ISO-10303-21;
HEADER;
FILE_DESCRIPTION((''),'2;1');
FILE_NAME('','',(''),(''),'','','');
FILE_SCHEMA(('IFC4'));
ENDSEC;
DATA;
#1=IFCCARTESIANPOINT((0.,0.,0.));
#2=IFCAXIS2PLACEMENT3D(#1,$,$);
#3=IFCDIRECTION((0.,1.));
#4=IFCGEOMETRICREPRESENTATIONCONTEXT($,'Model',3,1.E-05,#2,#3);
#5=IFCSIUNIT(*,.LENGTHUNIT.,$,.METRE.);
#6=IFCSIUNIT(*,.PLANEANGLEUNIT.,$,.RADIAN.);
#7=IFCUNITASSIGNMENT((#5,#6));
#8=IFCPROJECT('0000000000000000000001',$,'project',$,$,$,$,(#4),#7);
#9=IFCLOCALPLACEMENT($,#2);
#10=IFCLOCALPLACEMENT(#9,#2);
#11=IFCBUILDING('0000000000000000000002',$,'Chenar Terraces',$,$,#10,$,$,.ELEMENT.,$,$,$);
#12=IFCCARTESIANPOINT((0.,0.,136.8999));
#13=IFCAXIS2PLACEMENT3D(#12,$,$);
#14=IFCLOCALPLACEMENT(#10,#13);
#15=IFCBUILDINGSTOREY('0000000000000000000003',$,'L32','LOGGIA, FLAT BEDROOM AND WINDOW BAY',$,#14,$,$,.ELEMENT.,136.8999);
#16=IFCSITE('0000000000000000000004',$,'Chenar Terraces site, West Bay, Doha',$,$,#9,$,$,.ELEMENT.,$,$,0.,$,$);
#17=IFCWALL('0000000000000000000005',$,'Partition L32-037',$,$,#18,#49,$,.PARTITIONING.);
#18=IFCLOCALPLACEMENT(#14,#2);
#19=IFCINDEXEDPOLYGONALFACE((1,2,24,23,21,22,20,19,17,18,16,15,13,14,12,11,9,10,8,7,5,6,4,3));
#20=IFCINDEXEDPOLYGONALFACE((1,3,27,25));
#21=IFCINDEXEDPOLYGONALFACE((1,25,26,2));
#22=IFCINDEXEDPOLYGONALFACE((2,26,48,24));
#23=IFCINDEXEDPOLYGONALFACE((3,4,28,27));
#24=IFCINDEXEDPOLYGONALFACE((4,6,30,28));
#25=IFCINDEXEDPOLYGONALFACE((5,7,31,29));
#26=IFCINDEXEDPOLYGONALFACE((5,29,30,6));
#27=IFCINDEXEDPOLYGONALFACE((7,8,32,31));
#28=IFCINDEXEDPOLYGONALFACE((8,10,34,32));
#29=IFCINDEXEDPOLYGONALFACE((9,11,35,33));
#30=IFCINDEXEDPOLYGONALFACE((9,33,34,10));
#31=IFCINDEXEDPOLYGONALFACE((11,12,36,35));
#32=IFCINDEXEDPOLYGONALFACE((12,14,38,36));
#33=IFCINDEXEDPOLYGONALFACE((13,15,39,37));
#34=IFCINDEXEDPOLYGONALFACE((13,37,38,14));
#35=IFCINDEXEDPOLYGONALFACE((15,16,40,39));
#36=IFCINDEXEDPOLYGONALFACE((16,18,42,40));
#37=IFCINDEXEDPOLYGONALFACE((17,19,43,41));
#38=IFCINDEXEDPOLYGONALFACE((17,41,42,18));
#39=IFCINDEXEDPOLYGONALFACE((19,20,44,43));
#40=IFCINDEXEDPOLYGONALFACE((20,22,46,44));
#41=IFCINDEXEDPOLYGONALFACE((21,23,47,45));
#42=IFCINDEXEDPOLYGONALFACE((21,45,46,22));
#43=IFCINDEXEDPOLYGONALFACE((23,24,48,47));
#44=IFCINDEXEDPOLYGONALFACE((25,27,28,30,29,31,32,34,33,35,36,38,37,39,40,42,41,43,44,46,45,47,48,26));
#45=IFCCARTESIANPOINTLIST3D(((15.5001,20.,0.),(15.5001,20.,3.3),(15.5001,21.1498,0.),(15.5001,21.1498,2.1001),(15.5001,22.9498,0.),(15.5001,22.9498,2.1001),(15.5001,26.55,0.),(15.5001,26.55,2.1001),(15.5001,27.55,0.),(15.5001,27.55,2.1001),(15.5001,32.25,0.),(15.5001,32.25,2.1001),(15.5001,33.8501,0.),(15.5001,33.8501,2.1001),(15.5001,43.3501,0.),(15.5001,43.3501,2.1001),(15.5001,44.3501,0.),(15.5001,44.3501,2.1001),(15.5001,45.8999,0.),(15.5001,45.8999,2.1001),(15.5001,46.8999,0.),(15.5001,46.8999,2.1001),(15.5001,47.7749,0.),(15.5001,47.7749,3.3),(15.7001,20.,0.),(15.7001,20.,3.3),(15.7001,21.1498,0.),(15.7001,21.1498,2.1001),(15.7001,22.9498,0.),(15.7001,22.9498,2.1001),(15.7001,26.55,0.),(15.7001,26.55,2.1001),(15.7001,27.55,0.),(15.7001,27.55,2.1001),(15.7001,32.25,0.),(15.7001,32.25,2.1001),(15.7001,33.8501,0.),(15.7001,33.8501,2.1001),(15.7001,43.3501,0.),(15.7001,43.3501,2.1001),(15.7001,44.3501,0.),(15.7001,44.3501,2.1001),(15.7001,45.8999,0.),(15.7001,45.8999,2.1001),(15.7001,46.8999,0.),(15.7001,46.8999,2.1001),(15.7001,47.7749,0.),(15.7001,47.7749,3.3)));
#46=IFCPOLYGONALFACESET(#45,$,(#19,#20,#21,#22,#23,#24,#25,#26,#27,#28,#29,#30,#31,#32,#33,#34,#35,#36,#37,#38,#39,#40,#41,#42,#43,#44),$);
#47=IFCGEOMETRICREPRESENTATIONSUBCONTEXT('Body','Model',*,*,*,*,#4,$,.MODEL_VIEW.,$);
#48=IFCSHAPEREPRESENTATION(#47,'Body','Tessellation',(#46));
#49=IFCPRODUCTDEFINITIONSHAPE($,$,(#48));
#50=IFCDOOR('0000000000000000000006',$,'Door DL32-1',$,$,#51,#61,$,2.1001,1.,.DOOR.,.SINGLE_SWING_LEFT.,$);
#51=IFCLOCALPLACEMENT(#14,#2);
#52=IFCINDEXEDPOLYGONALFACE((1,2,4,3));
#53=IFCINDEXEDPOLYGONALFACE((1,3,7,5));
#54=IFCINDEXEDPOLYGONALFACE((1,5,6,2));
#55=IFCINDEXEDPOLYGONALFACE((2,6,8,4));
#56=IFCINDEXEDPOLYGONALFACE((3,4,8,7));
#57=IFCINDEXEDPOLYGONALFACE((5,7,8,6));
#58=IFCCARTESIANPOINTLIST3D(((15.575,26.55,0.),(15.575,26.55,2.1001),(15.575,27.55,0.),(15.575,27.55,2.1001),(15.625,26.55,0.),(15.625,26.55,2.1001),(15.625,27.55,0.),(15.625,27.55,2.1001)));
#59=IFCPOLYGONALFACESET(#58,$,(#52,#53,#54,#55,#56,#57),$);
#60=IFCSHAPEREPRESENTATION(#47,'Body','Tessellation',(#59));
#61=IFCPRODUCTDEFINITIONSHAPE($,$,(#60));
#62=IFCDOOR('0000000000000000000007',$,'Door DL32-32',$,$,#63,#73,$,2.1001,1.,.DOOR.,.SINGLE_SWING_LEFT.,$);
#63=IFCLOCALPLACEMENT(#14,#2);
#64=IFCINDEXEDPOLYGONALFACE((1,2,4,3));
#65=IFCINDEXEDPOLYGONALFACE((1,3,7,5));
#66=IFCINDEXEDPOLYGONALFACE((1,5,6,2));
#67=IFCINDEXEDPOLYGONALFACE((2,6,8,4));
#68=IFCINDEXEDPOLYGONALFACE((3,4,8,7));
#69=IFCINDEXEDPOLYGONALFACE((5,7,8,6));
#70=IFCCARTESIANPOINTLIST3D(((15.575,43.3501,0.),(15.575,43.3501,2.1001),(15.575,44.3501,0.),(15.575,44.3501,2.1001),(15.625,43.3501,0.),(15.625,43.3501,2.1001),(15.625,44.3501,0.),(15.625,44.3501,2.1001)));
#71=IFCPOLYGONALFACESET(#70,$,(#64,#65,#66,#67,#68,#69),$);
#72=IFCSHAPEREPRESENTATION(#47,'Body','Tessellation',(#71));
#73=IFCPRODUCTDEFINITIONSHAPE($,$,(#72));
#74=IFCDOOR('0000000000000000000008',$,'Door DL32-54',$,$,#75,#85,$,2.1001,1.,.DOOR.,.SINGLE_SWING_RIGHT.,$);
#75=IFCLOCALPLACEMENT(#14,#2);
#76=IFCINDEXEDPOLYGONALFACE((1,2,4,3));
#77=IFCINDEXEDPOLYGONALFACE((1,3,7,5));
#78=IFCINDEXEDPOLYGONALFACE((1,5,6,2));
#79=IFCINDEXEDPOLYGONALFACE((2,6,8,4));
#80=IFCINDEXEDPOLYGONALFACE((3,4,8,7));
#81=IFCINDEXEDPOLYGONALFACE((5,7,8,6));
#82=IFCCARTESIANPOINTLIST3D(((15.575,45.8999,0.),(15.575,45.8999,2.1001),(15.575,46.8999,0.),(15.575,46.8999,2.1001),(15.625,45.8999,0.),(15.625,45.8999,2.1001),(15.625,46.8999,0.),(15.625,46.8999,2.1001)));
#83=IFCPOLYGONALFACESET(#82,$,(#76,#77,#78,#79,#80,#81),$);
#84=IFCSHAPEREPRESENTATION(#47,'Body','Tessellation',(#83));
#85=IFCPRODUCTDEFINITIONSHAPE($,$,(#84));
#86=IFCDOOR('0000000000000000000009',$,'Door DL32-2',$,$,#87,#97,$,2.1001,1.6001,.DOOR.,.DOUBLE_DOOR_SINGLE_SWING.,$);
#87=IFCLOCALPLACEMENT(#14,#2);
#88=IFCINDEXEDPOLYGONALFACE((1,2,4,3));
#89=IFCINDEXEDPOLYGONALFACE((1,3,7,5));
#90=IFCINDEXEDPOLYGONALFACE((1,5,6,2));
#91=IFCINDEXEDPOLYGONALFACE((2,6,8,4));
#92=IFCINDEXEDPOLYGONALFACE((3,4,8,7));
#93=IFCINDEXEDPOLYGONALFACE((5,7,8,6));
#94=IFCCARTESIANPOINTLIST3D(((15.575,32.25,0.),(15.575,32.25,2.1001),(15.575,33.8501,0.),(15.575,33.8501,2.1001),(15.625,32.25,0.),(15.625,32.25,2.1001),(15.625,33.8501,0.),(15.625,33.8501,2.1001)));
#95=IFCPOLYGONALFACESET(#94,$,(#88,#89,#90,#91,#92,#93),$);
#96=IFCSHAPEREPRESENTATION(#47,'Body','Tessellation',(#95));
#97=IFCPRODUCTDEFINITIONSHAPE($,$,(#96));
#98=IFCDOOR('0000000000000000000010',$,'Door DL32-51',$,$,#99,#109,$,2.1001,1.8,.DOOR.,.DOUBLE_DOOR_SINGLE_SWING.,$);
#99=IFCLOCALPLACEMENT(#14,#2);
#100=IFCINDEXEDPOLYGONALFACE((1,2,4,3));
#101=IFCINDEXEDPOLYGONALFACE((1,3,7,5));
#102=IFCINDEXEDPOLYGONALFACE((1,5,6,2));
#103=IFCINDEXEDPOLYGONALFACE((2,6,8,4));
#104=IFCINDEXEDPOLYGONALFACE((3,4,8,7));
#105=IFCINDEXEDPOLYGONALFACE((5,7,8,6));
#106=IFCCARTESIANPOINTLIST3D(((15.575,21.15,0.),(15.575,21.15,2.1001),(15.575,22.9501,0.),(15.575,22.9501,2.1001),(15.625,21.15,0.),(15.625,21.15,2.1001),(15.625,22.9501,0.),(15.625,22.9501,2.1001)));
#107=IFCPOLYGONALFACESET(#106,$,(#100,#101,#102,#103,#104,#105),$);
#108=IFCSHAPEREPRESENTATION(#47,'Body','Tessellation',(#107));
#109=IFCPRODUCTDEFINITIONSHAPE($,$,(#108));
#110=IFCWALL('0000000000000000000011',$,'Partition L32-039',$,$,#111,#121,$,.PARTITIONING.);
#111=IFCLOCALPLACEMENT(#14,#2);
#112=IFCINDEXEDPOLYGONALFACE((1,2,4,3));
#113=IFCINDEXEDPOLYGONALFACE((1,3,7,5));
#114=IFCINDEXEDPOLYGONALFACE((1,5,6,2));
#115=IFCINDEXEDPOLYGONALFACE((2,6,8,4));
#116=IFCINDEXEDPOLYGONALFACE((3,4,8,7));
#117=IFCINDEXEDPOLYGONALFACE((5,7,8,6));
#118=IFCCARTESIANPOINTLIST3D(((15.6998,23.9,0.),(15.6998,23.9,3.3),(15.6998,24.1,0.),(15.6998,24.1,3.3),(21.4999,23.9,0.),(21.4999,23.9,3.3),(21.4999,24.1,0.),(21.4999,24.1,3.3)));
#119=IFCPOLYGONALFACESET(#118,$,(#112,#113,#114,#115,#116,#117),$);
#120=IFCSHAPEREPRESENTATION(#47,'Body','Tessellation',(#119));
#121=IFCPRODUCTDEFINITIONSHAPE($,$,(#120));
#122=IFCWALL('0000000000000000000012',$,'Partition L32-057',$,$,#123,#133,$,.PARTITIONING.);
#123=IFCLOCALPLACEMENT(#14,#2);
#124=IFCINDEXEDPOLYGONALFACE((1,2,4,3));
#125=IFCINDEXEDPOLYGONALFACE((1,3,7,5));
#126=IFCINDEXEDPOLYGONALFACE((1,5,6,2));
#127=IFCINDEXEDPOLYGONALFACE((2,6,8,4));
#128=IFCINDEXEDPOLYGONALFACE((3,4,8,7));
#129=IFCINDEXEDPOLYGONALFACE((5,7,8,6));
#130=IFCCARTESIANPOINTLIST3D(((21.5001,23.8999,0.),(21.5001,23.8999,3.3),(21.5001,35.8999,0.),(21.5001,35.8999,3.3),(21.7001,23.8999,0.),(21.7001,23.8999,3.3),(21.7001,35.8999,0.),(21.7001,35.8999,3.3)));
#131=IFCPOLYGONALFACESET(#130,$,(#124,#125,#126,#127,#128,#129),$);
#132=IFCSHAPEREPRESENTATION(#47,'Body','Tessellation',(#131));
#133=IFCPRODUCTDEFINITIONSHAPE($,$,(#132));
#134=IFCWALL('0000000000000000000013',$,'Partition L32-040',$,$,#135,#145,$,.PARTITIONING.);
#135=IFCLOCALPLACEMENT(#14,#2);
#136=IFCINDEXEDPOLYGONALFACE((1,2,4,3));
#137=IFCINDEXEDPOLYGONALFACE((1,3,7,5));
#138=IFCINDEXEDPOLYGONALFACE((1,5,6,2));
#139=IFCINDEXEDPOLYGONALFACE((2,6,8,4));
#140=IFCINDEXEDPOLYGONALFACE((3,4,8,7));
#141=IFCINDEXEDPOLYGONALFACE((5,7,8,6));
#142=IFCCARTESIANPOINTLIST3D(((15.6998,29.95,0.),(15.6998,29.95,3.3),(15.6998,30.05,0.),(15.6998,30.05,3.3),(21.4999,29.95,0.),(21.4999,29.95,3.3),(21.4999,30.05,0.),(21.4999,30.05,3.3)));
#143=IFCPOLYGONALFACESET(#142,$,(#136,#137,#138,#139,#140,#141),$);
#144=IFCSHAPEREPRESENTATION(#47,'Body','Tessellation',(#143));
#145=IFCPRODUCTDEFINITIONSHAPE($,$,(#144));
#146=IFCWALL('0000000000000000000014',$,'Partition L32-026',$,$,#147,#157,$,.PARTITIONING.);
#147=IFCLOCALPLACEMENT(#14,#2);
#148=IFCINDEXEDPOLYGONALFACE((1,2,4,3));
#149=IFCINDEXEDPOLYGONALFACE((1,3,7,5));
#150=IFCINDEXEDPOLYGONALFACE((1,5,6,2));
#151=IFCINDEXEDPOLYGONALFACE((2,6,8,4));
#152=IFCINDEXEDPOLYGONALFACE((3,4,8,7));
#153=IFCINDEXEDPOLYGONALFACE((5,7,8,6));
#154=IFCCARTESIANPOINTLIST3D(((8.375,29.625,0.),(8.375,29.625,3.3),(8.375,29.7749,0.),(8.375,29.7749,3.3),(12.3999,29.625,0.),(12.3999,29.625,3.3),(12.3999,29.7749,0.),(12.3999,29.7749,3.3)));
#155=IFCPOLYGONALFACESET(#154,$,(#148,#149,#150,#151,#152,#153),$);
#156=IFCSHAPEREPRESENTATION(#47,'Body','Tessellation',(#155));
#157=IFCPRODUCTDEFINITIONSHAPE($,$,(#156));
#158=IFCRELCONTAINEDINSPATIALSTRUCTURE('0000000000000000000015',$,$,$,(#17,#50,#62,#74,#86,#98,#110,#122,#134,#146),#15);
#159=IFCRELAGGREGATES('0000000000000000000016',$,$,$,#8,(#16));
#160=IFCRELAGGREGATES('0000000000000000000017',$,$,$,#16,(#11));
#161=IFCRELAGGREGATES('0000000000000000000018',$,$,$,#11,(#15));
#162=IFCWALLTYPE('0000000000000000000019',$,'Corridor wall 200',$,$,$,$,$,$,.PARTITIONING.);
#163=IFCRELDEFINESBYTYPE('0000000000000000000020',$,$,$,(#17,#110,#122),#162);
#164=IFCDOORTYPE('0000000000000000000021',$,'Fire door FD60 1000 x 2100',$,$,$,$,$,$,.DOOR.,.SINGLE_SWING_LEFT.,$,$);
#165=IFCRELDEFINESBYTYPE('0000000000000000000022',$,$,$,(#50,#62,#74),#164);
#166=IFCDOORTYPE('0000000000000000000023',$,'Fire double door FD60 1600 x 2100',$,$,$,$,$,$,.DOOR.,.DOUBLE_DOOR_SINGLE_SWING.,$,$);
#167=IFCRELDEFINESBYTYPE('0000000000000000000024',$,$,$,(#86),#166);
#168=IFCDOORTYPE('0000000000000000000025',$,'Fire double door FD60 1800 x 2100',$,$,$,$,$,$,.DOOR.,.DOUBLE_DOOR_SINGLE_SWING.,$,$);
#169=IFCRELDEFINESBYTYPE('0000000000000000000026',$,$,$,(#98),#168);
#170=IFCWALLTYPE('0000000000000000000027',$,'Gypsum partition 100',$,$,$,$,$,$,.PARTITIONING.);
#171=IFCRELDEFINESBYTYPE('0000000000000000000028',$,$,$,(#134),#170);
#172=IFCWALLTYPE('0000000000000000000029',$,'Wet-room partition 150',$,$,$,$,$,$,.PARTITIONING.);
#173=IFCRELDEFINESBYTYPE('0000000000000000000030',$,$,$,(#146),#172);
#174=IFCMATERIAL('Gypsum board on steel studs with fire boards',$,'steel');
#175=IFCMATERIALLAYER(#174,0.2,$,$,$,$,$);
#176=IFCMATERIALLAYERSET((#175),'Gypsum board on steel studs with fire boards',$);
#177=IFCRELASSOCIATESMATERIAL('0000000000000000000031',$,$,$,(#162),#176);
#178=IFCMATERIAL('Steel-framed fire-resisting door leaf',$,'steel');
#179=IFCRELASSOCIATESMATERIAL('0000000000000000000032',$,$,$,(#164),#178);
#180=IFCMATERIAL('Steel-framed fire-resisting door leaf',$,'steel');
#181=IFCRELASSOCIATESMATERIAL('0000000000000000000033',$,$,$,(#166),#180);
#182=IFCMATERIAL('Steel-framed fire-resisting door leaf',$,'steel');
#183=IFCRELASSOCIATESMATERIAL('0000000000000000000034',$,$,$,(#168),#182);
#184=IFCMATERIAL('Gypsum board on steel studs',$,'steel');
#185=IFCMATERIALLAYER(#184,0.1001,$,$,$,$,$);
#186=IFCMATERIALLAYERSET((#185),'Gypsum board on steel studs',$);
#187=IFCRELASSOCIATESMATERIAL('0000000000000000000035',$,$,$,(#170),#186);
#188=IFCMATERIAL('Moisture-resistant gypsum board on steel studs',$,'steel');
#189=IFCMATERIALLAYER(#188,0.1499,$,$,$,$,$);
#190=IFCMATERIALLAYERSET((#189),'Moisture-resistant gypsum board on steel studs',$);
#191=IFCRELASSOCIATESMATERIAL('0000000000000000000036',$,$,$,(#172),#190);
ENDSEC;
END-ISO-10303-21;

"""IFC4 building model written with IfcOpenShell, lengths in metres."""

from ifc_helpers import new_model, si_unit, direction, frame, frame_2d, origin, place, context, subcontext, project, spatial, rectangle, extrude, material, layer, layer_set, type_object, element, fill, save


model = new_model("IFC4")

# Units and contexts
model_context = context("Model", 3, precision=1e-05, world=origin(), true_north=direction((0.0, 1.0)))
body_context = subcontext(model_context, "Body", "Model", "MODEL_VIEW")
ifc_project = project(units=[si_unit("LENGTHUNIT", "METRE"), si_unit("PLANEANGLEUNIT", "RADIAN")], contexts=[model_context])

# Site, building, storey
site_placement = place(None, origin())
site = spatial("IfcSite", under=ifc_project, at=site_placement, Name="Chenar Terraces site, West Bay, Doha", CompositionType="ELEMENT", RefElevation=0.0)
building_placement = place(site_placement, origin())
building = spatial("IfcBuilding", under=site, at=building_placement, Name="Chenar Terraces", CompositionType="ELEMENT")
storey_placement = place(building_placement, frame((0.0, 0.0, 136.8999)))
storey = spatial("IfcBuildingStorey", under=building, at=storey_placement, Name="L32", Description="LOGGIA, FLAT BEDROOM AND WINDOW BAY", CompositionType="ELEMENT", Elevation=136.8999)

# Wall, openings, doors
ifc_material_1 = material(Name="Gypsum board on steel studs with fire boards", Category="steel")
ifc_layer_1 = layer(ifc_material_1, 0.2)
ifc_layer_set_1 = layer_set([ifc_layer_1], Name="Gypsum board on steel studs with fire boards")
wall_type_1 = type_object("IfcWallType", Name="Corridor wall 200", PredefinedType="PARTITIONING", material=ifc_layer_set_1)
wall_1_placement = place(storey_placement, frame((15.6001, 20.0, 0.0), z_axis=(0.0, 0.0, 1.0), x_axis=(0.0, 1.0, 0.0)))
wall_1 = element("IfcWall", 1, at=wall_1_placement, inside=storey, type_object=wall_type_1, Name="Partition L32-037", PredefinedType="PARTITIONING", context=body_context, shape_type="SweptSolid", body=[
    extrude(rectangle(XDim=27.7749, YDim=0.2, at=frame_2d((13.8875, 0.0))), origin(), (0.0, 0.0, 1.0), 3.3),
])
opening_1_placement = place(wall_1_placement, frame((6.55, 0.0, 0.0)))
opening_1 = element("IfcOpeningElement", 2, at=opening_1_placement, cuts=wall_1, PredefinedType="OPENING", context=body_context, shape_type="SweptSolid", body=[
    extrude(rectangle(XDim=1.0, YDim=2.1001, at=frame_2d((0.5, 1.05))), frame((0.0, 0.1099, 0.0), z_axis=(0.0, -1.0, 0.0), x_axis=(1.0, 0.0, 0.0)), (0.0, 0.0, 1.0), 0.22),
])
opening_2_placement = place(wall_1_placement, frame((12.25, 0.0, 0.0)))
opening_2 = element("IfcOpeningElement", 3, at=opening_2_placement, cuts=wall_1, PredefinedType="OPENING", context=body_context, shape_type="SweptSolid", body=[
    extrude(rectangle(XDim=1.6001, YDim=2.1001, at=frame_2d((0.8, 1.05))), frame((0.0, 0.1099, 0.0), z_axis=(0.0, -1.0, 0.0), x_axis=(1.0, 0.0, 0.0)), (0.0, 0.0, 1.0), 0.22),
])
opening_3_placement = place(wall_1_placement, frame((23.3501, 0.0, 0.0)))
opening_3 = element("IfcOpeningElement", 4, at=opening_3_placement, cuts=wall_1, PredefinedType="OPENING", context=body_context, shape_type="SweptSolid", body=[
    extrude(rectangle(XDim=1.0, YDim=2.1001, at=frame_2d((0.5, 1.05))), frame((0.0, 0.1099, 0.0), z_axis=(0.0, -1.0, 0.0), x_axis=(1.0, 0.0, 0.0)), (0.0, 0.0, 1.0), 0.22),
])
opening_4_placement = place(wall_1_placement, frame((1.1499, 0.0, 0.0)))
opening_4 = element("IfcOpeningElement", 5, at=opening_4_placement, cuts=wall_1, PredefinedType="OPENING", context=body_context, shape_type="SweptSolid", body=[
    extrude(rectangle(XDim=1.8, YDim=2.1001, at=frame_2d((0.8999, 1.05))), frame((0.0, 0.1099, 0.0), z_axis=(0.0, -1.0, 0.0), x_axis=(1.0, 0.0, 0.0)), (0.0, 0.0, 1.0), 0.22),
])
opening_5_placement = place(wall_1_placement, frame((25.8999, 0.0, 0.0)))
opening_5 = element("IfcOpeningElement", 6, at=opening_5_placement, cuts=wall_1, PredefinedType="OPENING", context=body_context, shape_type="SweptSolid", body=[
    extrude(rectangle(XDim=1.0, YDim=2.1001, at=frame_2d((0.5, 1.05))), frame((0.0, 0.1099, 0.0), z_axis=(0.0, -1.0, 0.0), x_axis=(1.0, 0.0, 0.0)), (0.0, 0.0, 1.0), 0.22),
])
ifc_material_2 = material(Name="Steel-framed fire-resisting door leaf", Category="steel")
door_type_1 = type_object("IfcDoorType", Name="Fire door FD60 1000 x 2100", OperationType="SINGLE_SWING_LEFT", PredefinedType="DOOR", material=ifc_material_2)
door_1_placement = place(opening_1_placement, frame((1.0, 0.0, 0.0), z_axis=(0.0, 0.0, 1.0), x_axis=(-1.0, 0.0, 0.0)))
door_1 = element("IfcDoor", 7, at=door_1_placement, inside=storey, type_object=door_type_1, Name="Door DL32-1", OperationType="SINGLE_SWING_LEFT", OverallHeight=2.1001, OverallWidth=1.0, PredefinedType="DOOR", context=body_context, shape_type="SweptSolid", body=[
    extrude(rectangle(XDim=1.0, YDim=2.1001, at=frame_2d((0.5, 1.05))), frame((0.0, 0.0249, 0.0), z_axis=(0.0, -1.0, 0.0), x_axis=(1.0, 0.0, 0.0)), (0.0, 0.0, 1.0), 0.05),
])
fill(opening_1, door_1)
door_2_placement = place(opening_3_placement, frame((1.0, 0.0, 0.0), z_axis=(0.0, 0.0, 1.0), x_axis=(-1.0, 0.0, 0.0)))
door_2 = element("IfcDoor", 8, at=door_2_placement, inside=storey, type_object=door_type_1, Name="Door DL32-32", OperationType="SINGLE_SWING_LEFT", OverallHeight=2.1001, OverallWidth=1.0, PredefinedType="DOOR", context=body_context, shape_type="SweptSolid", body=[
    extrude(rectangle(XDim=1.0, YDim=2.1001, at=frame_2d((0.5, 1.05))), frame((0.0, 0.0249, 0.0), z_axis=(0.0, -1.0, 0.0), x_axis=(1.0, 0.0, 0.0)), (0.0, 0.0, 1.0), 0.05),
])
fill(opening_3, door_2)
door_3_placement = place(opening_5_placement, frame((1.0, 0.0, 0.0), z_axis=(0.0, 0.0, 1.0), x_axis=(-1.0, 0.0, 0.0)))
door_3 = element("IfcDoor", 9, at=door_3_placement, inside=storey, type_object=door_type_1, Name="Door DL32-54", OperationType="SINGLE_SWING_RIGHT", OverallHeight=2.1001, OverallWidth=1.0, PredefinedType="DOOR", context=body_context, shape_type="SweptSolid", body=[
    extrude(rectangle(XDim=1.0, YDim=2.1001, at=frame_2d((0.5, 1.05))), frame((0.0, 0.0249, 0.0), z_axis=(0.0, -1.0, 0.0), x_axis=(1.0, 0.0, 0.0)), (0.0, 0.0, 1.0), 0.05),
])
fill(opening_5, door_3)
ifc_material_3 = material(Name="Steel-framed fire-resisting door leaf", Category="steel")
door_type_2 = type_object("IfcDoorType", Name="Fire double door FD60 1600 x 2100", OperationType="DOUBLE_DOOR_SINGLE_SWING", PredefinedType="DOOR", material=ifc_material_3)
door_4_placement = place(opening_2_placement, frame((1.6001, 0.0, 0.0), z_axis=(0.0, 0.0, 1.0), x_axis=(-1.0, 0.0, 0.0)))
door_4 = element("IfcDoor", 10, at=door_4_placement, inside=storey, type_object=door_type_2, Name="Door DL32-2", OperationType="DOUBLE_DOOR_SINGLE_SWING", OverallHeight=2.1001, OverallWidth=1.6001, PredefinedType="DOOR", context=body_context, shape_type="SweptSolid", body=[
    extrude(rectangle(XDim=1.6001, YDim=2.1001, at=frame_2d((0.8, 1.05))), frame((0.0, 0.0249, 0.0), z_axis=(0.0, -1.0, 0.0), x_axis=(1.0, 0.0, 0.0)), (0.0, 0.0, 1.0), 0.05),
])
fill(opening_2, door_4)
ifc_material_4 = material(Name="Steel-framed fire-resisting door leaf", Category="steel")
door_type_3 = type_object("IfcDoorType", Name="Fire double door FD60 1800 x 2100", OperationType="DOUBLE_DOOR_SINGLE_SWING", PredefinedType="DOOR", material=ifc_material_4)
door_5_placement = place(opening_4_placement, frame((1.8, 0.0, 0.0), z_axis=(0.0, 0.0, 1.0), x_axis=(-1.0, 0.0, 0.0)))
door_5 = element("IfcDoor", 11, at=door_5_placement, inside=storey, type_object=door_type_3, Name="Door DL32-51", OperationType="DOUBLE_DOOR_SINGLE_SWING", OverallHeight=2.1001, OverallWidth=1.8, PredefinedType="DOOR", context=body_context, shape_type="SweptSolid", body=[
    extrude(rectangle(XDim=1.8, YDim=2.1001, at=frame_2d((0.8999, 1.05))), frame((0.0, 0.0249, 0.0), z_axis=(0.0, -1.0, 0.0), x_axis=(1.0, 0.0, 0.0)), (0.0, 0.0, 1.0), 0.05),
])
fill(opening_4, door_5)

# Walls
wall_2_placement = place(storey_placement, frame((15.7, 24.0, 0.0), z_axis=(0.0, 0.0, 1.0), x_axis=(1.0, 0.0, 0.0)))
element("IfcWall", 12, at=wall_2_placement, inside=storey, type_object=wall_type_1, Name="Partition L32-039", PredefinedType="PARTITIONING", context=body_context, shape_type="SweptSolid", body=[
    extrude(rectangle(XDim=5.8, YDim=0.2, at=frame_2d((2.8999, 0.0))), origin(), (0.0, 0.0, 1.0), 3.3),
])
wall_3_placement = place(storey_placement, frame((21.6001, 23.8999, 0.0), z_axis=(0.0, 0.0, 1.0), x_axis=(0.0, 1.0, 0.0)))
element("IfcWall", 13, at=wall_3_placement, inside=storey, type_object=wall_type_1, Name="Partition L32-057", PredefinedType="PARTITIONING", context=body_context, shape_type="SweptSolid", body=[
    extrude(rectangle(XDim=12.0, YDim=0.2, at=frame_2d((6.0, 0.0))), origin(), (0.0, 0.0, 1.0), 3.3),
])
ifc_material_5 = material(Name="Gypsum board on steel studs", Category="steel")
ifc_layer_2 = layer(ifc_material_5, 0.1001)
ifc_layer_set_2 = layer_set([ifc_layer_2], Name="Gypsum board on steel studs")
wall_type_2 = type_object("IfcWallType", Name="Gypsum partition 100", PredefinedType="PARTITIONING", material=ifc_layer_set_2)
wall_4_placement = place(storey_placement, frame((15.7, 30.0, 0.0), z_axis=(0.0, 0.0, 1.0), x_axis=(1.0, 0.0, 0.0)))
element("IfcWall", 14, at=wall_4_placement, inside=storey, type_object=wall_type_2, Name="Partition L32-040", PredefinedType="PARTITIONING", context=body_context, shape_type="SweptSolid", body=[
    extrude(rectangle(XDim=5.8, YDim=0.1001, at=frame_2d((2.8999, 0.0))), origin(), (0.0, 0.0, 1.0), 3.3),
])
ifc_material_6 = material(Name="Moisture-resistant gypsum board on steel studs", Category="steel")
ifc_layer_3 = layer(ifc_material_6, 0.1499)
ifc_layer_set_3 = layer_set([ifc_layer_3], Name="Moisture-resistant gypsum board on steel studs")
wall_type_3 = type_object("IfcWallType", Name="Wet-room partition 150", PredefinedType="PARTITIONING", material=ifc_layer_set_3)
for number, where, z_axis, x_axis, name in (
    (15, (8.375, 29.7, 0.0), (0.0, 0.0, 1.0), (1.0, 0.0, 0.0), "Partition L32-026"),
):
    element("IfcWall", number, at=place(storey_placement, frame(where, z_axis=z_axis, x_axis=x_axis)), inside=storey, type_object=wall_type_3, Name=name, PredefinedType="PARTITIONING", context=body_context, shape_type="SweptSolid", body=[
        extrude(rectangle(XDim=4.0249, YDim=0.1499, at=frame_2d((2.0125, 0.0))), origin(), (0.0, 0.0, 1.0), 3.3),
    ])

save(model, "model.ifc")
